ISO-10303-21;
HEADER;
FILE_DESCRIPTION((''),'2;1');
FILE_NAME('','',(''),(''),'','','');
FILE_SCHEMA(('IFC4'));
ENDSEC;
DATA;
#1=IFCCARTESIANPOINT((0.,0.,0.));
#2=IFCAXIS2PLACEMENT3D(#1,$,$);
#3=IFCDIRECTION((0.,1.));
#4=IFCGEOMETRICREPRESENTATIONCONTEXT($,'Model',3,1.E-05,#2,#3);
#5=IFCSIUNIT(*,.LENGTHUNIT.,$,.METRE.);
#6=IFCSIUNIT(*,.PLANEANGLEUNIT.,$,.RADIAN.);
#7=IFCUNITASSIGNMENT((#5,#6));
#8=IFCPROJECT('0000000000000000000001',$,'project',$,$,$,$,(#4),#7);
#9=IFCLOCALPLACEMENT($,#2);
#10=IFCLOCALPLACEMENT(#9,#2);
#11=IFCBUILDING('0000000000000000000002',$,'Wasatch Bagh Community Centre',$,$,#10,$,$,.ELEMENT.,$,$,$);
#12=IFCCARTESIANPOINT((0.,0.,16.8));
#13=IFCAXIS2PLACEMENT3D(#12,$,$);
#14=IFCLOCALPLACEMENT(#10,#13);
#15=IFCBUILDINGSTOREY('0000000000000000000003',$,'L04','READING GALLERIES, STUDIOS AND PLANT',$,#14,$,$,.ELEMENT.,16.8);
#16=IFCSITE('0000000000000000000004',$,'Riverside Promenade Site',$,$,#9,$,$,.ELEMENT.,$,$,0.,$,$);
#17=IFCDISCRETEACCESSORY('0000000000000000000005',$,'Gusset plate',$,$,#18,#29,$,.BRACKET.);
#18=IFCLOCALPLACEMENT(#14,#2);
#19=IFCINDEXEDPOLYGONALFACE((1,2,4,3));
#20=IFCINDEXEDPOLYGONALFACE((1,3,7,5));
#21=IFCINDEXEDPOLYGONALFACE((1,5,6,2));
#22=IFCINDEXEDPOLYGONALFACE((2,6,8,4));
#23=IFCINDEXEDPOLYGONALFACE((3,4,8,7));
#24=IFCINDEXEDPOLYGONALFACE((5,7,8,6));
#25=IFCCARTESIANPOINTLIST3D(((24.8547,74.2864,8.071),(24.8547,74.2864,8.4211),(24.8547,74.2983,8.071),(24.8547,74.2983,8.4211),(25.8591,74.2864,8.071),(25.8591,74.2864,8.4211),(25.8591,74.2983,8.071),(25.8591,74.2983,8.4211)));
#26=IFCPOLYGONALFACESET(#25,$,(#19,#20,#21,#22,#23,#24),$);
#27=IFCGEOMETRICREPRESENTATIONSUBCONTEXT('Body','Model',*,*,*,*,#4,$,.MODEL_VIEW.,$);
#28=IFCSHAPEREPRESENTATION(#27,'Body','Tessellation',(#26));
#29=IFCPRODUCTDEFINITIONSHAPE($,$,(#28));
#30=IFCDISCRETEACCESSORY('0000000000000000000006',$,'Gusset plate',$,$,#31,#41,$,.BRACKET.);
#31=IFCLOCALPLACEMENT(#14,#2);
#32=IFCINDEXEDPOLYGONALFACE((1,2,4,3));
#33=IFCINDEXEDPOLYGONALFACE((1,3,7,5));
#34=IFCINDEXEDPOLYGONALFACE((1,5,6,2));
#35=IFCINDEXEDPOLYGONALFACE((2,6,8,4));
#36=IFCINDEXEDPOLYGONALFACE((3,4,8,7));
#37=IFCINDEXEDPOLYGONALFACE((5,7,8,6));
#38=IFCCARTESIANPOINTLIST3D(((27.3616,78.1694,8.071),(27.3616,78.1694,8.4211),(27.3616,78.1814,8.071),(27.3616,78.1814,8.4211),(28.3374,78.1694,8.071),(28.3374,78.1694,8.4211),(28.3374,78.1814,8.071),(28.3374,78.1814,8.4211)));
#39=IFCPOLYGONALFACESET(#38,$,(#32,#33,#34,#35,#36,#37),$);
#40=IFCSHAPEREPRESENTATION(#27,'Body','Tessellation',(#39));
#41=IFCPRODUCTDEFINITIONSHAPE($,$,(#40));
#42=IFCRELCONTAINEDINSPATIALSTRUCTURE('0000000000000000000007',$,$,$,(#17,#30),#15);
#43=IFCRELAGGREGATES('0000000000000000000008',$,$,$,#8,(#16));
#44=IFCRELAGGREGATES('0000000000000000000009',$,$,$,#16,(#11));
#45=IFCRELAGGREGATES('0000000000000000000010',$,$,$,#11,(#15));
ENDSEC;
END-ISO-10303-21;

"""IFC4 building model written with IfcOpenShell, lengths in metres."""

from ifc_helpers import new_model, si_unit, direction, frame, origin, place, context, subcontext, project, spatial, polyline, outline, extrude, element, save


model = new_model("IFC4")

# Units and contexts
model_context = context("Model", 3, precision=1e-05, world=origin(), true_north=direction((0.0, 1.0)))
body_context = subcontext(model_context, "Body", "Model", "MODEL_VIEW")
ifc_project = project(units=[si_unit("LENGTHUNIT", "METRE"), si_unit("PLANEANGLEUNIT", "RADIAN")], contexts=[model_context])

# Site, building, storey
site_placement = place(None, origin())
site = spatial("IfcSite", under=ifc_project, at=site_placement, Name="Riverside Promenade Site", CompositionType="ELEMENT", RefElevation=0.0)
building_placement = place(site_placement, origin())
building = spatial("IfcBuilding", under=site, at=building_placement, Name="Wasatch Bagh Community Centre", CompositionType="ELEMENT")
storey_placement = place(building_placement, frame((0.0, 0.0, 16.8)))
storey = spatial("IfcBuildingStorey", under=building, at=storey_placement, Name="L04", Description="READING GALLERIES, STUDIOS AND PLANT", CompositionType="ELEMENT", Elevation=16.8)

# Discrete accessories
discrete_accessory_1_placement = place(storey_placement, frame((24.8547, 74.2864, 8.071), z_axis=(0.0, -1.0, 0.0), x_axis=(1.0, 0.0, 0.0)))
element("IfcDiscreteAccessory", 1, at=discrete_accessory_1_placement, inside=storey, Name="Gusset plate", PredefinedType="BRACKET", context=body_context, shape_type="SweptSolid", body=[
    extrude(outline(polyline([(0.0, 0.0), (1.0044, 0.0), (1.0044, 0.3501), (0.0, 0.3501), (0.0, 0.0)])), origin(), (0.0, 0.0, -1.0), 0.012),
])
discrete_accessory_2_placement = place(storey_placement, frame((27.3616, 78.1694, 8.071), z_axis=(0.0, -1.0, 0.0), x_axis=(1.0, 0.0, 0.0)))
element("IfcDiscreteAccessory", 2, at=discrete_accessory_2_placement, inside=storey, Name="Gusset plate", PredefinedType="BRACKET", context=body_context, shape_type="SweptSolid", body=[
    extrude(outline(polyline([(0.0, 0.0), (0.9758, 0.0), (0.9758, 0.3501), (0.0, 0.3501), (0.0, 0.0)])), origin(), (0.0, 0.0, -1.0), 0.012),
])

save(model, "model.ifc")
